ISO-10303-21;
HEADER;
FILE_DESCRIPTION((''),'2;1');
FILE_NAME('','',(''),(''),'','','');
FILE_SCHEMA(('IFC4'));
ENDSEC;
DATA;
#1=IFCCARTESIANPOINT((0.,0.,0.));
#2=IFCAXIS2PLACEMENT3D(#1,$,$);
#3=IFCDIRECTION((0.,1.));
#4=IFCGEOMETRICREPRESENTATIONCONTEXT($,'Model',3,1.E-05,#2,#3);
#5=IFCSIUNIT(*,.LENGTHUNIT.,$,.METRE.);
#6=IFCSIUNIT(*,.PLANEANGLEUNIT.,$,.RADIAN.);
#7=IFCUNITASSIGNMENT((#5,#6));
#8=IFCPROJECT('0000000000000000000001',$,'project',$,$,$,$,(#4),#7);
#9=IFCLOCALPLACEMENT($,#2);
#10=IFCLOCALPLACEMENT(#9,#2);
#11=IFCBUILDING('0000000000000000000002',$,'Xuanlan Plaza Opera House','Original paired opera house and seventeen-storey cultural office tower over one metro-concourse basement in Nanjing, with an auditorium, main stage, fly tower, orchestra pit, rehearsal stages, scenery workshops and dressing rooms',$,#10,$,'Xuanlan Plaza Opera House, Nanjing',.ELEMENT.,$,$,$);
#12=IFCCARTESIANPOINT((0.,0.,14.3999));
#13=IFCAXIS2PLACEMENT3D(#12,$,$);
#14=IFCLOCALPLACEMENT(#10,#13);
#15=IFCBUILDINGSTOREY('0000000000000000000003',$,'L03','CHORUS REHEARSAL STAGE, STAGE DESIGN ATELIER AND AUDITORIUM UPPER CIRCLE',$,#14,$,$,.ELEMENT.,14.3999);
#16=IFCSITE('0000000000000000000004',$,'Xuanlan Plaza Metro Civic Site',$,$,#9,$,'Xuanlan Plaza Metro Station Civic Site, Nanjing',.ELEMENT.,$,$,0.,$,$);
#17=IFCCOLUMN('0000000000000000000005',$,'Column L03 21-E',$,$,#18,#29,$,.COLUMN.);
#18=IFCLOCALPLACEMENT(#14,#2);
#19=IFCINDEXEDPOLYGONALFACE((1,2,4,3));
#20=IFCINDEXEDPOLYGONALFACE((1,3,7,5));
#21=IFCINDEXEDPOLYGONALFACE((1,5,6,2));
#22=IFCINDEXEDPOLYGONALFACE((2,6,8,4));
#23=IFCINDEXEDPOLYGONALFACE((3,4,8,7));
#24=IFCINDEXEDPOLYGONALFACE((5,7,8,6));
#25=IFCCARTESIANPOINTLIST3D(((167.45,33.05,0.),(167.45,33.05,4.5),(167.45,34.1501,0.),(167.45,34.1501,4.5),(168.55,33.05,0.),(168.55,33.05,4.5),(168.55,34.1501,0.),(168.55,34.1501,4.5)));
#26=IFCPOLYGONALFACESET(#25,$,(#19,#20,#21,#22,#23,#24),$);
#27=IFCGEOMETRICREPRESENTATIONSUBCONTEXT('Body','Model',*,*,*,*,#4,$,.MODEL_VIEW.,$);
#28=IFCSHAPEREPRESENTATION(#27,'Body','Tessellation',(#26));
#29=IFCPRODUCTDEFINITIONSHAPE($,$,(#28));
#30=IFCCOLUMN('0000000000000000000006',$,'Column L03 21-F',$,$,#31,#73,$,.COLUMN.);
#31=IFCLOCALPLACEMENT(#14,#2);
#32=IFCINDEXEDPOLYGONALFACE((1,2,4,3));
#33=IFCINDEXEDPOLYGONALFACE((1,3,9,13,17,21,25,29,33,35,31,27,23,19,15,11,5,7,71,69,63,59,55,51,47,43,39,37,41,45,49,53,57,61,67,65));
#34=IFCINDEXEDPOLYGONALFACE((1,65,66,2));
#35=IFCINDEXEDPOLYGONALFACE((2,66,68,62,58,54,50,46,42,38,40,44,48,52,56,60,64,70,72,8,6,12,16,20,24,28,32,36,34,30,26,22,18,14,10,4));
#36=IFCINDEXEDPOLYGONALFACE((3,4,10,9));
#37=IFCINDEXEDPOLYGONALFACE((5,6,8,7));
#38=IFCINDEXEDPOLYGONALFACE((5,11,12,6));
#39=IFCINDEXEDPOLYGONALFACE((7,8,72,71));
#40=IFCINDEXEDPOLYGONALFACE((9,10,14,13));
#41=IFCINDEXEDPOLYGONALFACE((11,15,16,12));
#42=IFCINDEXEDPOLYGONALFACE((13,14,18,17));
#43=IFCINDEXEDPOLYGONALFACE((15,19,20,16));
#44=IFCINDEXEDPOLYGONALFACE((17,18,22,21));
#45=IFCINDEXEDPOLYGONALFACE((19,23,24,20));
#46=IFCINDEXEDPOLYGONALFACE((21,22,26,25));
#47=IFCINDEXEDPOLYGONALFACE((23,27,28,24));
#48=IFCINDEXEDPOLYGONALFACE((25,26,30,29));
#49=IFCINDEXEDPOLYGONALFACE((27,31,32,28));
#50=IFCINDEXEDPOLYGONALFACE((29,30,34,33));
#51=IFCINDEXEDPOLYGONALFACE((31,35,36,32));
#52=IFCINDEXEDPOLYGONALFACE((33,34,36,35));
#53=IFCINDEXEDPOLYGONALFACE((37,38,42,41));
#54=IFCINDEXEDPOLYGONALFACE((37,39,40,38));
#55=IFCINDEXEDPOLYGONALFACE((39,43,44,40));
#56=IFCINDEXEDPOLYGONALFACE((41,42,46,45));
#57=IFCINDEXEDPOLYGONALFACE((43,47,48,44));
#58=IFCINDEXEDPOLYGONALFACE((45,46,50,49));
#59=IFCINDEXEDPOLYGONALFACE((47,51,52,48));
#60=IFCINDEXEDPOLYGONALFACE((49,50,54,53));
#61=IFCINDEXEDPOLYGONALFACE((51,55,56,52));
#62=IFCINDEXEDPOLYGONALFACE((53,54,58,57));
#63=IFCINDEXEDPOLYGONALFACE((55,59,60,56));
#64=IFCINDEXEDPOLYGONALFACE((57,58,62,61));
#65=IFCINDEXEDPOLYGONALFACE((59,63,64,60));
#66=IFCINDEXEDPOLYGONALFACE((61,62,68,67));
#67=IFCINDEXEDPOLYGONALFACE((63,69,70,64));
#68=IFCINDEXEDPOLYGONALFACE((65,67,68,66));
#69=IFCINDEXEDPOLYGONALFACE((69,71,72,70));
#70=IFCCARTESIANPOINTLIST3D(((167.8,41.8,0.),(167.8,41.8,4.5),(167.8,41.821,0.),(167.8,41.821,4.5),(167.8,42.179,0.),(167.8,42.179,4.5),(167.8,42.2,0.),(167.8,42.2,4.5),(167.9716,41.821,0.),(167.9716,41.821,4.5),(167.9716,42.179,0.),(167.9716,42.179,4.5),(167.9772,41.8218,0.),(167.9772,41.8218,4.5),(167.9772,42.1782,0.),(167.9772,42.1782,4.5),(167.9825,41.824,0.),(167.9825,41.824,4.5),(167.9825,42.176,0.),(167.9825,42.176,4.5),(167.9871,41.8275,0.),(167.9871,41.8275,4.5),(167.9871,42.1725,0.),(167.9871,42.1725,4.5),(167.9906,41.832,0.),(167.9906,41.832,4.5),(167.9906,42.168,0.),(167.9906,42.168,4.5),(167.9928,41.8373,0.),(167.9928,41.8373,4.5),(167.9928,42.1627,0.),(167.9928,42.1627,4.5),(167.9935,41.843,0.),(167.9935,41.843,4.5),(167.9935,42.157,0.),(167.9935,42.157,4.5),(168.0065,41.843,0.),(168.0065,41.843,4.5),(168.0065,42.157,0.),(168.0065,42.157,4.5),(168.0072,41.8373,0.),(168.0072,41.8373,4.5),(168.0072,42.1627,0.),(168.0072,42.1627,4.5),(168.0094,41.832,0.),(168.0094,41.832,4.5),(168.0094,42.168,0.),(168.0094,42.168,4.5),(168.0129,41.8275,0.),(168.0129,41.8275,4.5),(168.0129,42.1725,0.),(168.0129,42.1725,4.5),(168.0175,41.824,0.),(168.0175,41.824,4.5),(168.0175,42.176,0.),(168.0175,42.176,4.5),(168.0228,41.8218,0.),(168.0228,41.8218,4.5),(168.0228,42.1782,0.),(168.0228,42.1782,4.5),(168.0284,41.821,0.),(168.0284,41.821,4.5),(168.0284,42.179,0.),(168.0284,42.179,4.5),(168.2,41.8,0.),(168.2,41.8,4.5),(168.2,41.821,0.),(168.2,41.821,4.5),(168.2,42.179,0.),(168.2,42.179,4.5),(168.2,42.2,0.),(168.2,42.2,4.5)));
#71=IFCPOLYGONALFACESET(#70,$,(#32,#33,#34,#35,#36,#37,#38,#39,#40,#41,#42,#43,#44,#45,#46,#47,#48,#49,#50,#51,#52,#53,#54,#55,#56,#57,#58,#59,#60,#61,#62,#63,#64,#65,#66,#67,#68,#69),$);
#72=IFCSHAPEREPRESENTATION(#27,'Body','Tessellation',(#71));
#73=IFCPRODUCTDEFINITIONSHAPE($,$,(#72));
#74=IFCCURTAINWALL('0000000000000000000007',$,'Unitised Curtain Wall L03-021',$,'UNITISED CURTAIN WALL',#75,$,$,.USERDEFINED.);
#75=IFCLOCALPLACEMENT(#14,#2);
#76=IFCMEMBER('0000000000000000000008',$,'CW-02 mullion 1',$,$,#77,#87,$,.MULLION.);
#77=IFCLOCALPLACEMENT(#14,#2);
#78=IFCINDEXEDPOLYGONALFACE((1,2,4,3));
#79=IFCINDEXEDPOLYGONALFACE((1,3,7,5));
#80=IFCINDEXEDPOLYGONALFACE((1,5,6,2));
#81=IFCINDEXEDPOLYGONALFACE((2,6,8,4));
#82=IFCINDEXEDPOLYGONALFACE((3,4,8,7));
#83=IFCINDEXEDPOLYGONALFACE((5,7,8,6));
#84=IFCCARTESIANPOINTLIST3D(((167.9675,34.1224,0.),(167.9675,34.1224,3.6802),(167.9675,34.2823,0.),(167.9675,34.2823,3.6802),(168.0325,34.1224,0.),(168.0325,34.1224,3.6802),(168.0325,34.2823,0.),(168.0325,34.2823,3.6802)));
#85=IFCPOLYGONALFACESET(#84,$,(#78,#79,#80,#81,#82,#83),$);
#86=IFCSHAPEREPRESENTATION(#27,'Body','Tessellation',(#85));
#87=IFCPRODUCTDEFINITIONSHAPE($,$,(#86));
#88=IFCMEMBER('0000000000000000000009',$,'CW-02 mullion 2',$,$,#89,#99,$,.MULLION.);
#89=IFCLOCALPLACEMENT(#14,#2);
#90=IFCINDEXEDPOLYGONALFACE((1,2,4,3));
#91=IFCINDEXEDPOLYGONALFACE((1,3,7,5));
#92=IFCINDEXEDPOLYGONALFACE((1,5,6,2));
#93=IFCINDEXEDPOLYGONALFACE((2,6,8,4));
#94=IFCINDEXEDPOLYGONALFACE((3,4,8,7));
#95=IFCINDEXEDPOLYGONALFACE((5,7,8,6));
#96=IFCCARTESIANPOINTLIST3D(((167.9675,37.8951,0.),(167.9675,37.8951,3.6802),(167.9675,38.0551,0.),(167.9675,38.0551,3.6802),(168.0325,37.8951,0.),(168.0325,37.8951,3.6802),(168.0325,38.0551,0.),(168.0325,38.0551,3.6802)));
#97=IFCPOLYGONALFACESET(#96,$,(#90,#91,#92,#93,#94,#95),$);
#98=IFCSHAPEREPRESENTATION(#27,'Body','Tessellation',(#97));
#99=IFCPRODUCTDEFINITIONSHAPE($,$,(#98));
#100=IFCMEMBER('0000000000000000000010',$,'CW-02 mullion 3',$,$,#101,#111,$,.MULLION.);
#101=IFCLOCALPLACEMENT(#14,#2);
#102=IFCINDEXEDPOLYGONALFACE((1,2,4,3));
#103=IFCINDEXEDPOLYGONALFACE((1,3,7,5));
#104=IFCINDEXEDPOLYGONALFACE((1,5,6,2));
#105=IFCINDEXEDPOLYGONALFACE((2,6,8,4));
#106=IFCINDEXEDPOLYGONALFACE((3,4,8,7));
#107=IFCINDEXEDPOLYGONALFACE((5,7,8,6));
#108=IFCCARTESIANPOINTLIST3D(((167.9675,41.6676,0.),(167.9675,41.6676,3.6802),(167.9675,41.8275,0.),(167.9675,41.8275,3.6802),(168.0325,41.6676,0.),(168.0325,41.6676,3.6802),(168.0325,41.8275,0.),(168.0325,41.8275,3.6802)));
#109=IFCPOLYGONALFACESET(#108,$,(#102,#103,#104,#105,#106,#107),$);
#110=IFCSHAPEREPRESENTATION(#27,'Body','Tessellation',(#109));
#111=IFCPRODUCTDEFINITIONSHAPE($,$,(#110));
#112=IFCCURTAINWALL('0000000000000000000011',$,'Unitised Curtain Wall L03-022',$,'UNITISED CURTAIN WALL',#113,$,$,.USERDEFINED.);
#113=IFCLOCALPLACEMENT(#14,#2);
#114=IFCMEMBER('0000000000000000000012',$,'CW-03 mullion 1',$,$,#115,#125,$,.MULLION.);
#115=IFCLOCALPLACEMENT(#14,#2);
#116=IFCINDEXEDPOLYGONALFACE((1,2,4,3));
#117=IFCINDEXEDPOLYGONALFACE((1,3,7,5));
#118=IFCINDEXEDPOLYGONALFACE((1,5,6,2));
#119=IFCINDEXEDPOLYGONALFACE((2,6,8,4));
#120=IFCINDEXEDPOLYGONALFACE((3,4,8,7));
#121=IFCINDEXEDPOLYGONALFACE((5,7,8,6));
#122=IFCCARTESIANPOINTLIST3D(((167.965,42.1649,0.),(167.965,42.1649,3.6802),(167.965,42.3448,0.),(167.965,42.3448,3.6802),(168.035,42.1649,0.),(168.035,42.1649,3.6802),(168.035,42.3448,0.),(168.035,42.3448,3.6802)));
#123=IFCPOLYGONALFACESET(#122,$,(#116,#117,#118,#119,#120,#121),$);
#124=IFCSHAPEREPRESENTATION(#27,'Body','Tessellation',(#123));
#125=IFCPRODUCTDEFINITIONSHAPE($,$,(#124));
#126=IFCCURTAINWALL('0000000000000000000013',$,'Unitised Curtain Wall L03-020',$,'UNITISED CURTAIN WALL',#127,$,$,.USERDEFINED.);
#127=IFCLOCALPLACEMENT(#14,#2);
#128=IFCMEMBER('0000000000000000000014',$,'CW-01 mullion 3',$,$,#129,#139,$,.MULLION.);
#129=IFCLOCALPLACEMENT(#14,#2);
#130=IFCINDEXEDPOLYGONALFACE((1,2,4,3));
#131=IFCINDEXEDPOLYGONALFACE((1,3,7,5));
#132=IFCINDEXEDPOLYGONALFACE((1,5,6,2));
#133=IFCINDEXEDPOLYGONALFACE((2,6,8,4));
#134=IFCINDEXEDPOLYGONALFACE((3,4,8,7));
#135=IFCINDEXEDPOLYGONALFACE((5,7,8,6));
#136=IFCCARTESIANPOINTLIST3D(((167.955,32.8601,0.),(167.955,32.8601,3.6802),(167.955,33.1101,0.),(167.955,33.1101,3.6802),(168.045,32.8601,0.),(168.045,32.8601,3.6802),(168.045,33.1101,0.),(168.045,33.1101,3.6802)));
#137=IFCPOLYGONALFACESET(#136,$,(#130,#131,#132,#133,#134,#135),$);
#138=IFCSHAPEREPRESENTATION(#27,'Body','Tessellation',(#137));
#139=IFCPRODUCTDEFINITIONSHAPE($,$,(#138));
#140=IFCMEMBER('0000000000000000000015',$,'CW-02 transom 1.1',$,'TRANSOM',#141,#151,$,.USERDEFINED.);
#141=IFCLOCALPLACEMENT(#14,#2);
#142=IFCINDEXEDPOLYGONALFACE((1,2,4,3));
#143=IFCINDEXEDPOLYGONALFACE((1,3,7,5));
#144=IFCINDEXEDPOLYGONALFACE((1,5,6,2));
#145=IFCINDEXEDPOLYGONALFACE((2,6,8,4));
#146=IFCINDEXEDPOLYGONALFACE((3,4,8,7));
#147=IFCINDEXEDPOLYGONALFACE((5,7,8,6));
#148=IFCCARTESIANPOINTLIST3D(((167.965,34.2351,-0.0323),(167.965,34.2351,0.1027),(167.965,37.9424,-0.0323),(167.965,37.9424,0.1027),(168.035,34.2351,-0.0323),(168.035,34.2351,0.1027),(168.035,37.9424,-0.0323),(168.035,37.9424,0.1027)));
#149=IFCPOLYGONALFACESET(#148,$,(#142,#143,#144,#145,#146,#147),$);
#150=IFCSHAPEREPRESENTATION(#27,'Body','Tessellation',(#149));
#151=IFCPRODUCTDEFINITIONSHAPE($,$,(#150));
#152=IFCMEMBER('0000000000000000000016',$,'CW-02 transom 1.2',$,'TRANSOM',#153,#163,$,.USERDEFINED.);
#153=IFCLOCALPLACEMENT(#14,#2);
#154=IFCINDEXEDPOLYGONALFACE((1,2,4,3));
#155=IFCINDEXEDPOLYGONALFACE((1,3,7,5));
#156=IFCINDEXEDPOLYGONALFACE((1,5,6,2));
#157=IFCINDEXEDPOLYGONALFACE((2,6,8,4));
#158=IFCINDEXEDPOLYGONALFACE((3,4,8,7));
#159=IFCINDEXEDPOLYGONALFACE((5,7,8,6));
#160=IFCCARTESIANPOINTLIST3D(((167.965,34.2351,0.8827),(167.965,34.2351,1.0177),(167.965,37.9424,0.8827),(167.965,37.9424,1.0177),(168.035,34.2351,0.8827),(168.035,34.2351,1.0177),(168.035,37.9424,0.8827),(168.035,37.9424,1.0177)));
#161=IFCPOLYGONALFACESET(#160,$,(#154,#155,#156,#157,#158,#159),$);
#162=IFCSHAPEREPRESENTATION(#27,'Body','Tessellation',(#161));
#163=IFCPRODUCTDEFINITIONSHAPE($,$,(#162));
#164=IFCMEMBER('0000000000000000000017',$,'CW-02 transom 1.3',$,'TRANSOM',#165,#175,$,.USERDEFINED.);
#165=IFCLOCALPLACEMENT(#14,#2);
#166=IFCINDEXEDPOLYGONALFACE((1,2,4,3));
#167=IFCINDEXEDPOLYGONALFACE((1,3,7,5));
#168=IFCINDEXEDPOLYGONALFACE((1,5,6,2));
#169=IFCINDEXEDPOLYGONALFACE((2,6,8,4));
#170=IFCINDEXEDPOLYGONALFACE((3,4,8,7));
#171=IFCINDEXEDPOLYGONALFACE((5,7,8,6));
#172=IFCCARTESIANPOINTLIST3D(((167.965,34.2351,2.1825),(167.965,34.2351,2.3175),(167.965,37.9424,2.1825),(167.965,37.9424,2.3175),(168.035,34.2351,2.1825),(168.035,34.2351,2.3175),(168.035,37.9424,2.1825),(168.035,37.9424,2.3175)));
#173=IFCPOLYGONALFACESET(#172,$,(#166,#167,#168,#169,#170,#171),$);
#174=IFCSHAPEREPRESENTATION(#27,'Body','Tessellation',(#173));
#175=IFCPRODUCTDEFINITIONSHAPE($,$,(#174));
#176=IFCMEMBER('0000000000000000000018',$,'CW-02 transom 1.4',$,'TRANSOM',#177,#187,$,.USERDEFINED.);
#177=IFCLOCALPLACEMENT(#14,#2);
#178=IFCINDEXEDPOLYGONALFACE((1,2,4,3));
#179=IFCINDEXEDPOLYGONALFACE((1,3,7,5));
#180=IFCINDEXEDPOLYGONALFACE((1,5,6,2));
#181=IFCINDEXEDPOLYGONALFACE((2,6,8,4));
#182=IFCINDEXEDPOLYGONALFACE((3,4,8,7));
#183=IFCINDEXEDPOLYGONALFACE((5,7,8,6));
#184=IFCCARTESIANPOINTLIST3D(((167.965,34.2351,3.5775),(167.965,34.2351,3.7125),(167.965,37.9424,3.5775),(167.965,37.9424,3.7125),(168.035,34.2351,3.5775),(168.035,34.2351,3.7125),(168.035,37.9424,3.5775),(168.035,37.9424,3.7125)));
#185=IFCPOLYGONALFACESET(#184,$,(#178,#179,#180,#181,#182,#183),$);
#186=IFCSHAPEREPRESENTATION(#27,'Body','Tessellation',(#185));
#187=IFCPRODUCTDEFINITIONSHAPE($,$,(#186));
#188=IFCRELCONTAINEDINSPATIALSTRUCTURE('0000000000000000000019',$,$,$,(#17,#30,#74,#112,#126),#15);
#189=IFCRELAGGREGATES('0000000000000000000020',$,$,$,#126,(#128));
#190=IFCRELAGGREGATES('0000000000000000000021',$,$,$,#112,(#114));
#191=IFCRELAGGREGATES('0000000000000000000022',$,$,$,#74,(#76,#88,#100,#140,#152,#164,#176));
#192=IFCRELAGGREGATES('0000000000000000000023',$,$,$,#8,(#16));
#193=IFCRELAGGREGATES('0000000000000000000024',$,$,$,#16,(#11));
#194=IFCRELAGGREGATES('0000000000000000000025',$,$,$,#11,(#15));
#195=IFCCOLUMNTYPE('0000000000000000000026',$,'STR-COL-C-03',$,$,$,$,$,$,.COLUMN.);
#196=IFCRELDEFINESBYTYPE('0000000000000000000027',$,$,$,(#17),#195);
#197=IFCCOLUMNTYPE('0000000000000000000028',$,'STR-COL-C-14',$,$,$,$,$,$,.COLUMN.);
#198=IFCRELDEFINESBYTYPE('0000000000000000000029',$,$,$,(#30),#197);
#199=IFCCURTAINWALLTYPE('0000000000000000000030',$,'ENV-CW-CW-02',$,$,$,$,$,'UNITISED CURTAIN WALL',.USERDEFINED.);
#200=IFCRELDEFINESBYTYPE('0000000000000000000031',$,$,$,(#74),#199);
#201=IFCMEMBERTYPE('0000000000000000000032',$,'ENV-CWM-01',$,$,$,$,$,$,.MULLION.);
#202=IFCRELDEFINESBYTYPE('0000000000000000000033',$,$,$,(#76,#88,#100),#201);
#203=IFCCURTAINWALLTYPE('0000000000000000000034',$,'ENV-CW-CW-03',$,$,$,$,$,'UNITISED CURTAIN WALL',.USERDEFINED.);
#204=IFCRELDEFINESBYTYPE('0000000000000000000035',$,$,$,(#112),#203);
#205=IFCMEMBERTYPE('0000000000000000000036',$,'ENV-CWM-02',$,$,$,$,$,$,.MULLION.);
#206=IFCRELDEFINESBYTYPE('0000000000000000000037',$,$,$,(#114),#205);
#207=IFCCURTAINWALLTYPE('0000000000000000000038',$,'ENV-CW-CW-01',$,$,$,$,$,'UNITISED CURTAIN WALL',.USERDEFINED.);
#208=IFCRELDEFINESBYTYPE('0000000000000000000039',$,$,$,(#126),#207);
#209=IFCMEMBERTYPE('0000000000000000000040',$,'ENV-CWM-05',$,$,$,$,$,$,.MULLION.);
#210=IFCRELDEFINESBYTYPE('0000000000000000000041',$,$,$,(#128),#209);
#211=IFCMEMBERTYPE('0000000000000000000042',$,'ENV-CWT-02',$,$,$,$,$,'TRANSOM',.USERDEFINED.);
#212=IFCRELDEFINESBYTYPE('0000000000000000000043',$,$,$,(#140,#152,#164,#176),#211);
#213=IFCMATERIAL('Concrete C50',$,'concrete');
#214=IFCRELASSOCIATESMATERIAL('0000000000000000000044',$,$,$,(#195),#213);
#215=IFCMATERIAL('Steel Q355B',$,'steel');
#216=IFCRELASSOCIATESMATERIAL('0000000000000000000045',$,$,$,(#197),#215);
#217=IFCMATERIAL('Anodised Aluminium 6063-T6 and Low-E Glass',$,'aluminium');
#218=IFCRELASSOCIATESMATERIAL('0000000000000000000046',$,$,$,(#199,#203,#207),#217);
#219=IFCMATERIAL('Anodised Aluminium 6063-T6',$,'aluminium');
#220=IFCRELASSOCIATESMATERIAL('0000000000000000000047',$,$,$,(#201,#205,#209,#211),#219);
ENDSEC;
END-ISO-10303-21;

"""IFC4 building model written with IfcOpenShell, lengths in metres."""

from ifc_helpers import new_model, si_unit, direction, frame, origin, origin_2d, place, context, subcontext, project, spatial, rectangle, i_section, extrude, material, material_profile, profile_set, type_object, element, aggregate, save


model = new_model("IFC4")

# Units and contexts
model_context = context("Model", 3, precision=1e-05, world=origin(), true_north=direction((0.0, 1.0)))
body_context = subcontext(model_context, "Body", "Model", "MODEL_VIEW")
ifc_project = project(units=[si_unit("LENGTHUNIT", "METRE"), si_unit("PLANEANGLEUNIT", "RADIAN")], contexts=[model_context])

# Site, building, storey
site_placement = place(None, origin())
site = spatial("IfcSite", under=ifc_project, at=site_placement, Name="Xuanlan Plaza Metro Civic Site", LongName="Xuanlan Plaza Metro Station Civic Site, Nanjing", CompositionType="ELEMENT", RefElevation=0.0)
building_placement = place(site_placement, origin())
building = spatial("IfcBuilding", under=site, at=building_placement, Name="Xuanlan Plaza Opera House", Description="Original paired opera house and seventeen-storey cultural office tower over one metro-concourse basement in Nanjing, with an auditorium, main stage, fly tower, orchestra pit, rehearsal stages, scenery workshops and dressing rooms", LongName="Xuanlan Plaza Opera House, Nanjing", CompositionType="ELEMENT")
storey_placement = place(building_placement, frame((0.0, 0.0, 14.3999)))
storey = spatial("IfcBuildingStorey", under=building, at=storey_placement, Name="L03", Description="CHORUS REHEARSAL STAGE, STAGE DESIGN ATELIER AND AUDITORIUM UPPER CIRCLE", CompositionType="ELEMENT", Elevation=14.3999)

# Columns
ifc_material_1 = material(Name="Concrete C50", Category="concrete")
ifc_material_profile_1 = material_profile(ifc_material_1, rectangle(XDim=1.1001, YDim=1.1001, at=origin_2d()), Name="RC-COL 1100x1100")
ifc_profile_set_1 = profile_set([ifc_material_profile_1], Name="Concrete C50")
column_type_1 = type_object("IfcColumnType", Name="STR-COL-C-03", PredefinedType="COLUMN", material=ifc_profile_set_1)
column_1_placement = place(storey_placement, frame((168.0, 33.6001, 0.0), z_axis=(0.0, 0.0, 1.0), x_axis=(1.0, 0.0, 0.0)))
element("IfcColumn", 1, at=column_1_placement, inside=storey, type_object=column_type_1, Name="Column L03 21-E", PredefinedType="COLUMN", context=body_context, shape_type="SweptSolid", body=[
    extrude(rectangle(XDim=1.1001, YDim=1.1001, at=origin_2d()), origin(), (0.0, 0.0, 1.0), 4.5),
])
ifc_material_2 = material(Name="Steel Q355B", Category="steel")
ifc_material_profile_2 = material_profile(ifc_material_2, i_section(OverallWidth=0.3999, OverallDepth=0.3999, WebThickness=0.0129, FlangeThickness=0.021, FilletRadius=0.022, at=origin_2d()), Name="HW 400x400x13x21")
ifc_profile_set_2 = profile_set([ifc_material_profile_2], Name="Steel Q355B")
column_type_2 = type_object("IfcColumnType", Name="STR-COL-C-14", PredefinedType="COLUMN", material=ifc_profile_set_2)
column_2_placement = place(storey_placement, frame((168.0, 42.0, 0.0), z_axis=(0.0, 0.0, 1.0), x_axis=(1.0, 0.0, 0.0)))
element("IfcColumn", 2, at=column_2_placement, inside=storey, type_object=column_type_2, Name="Column L03 21-F", PredefinedType="COLUMN", context=body_context, shape_type="SweptSolid", body=[
    extrude(i_section(OverallWidth=0.3999, OverallDepth=0.3999, WebThickness=0.0129, FlangeThickness=0.021, FilletRadius=0.022, at=origin_2d()), origin(), (0.0, 0.0, 1.0), 4.5),
])

# Curtain wall, members
ifc_material_3 = material(Name="Anodised Aluminium 6063-T6 and Low-E Glass", Category="aluminium")
curtain_wall_type_1 = type_object("IfcCurtainWallType", Name="ENV-CW-CW-02", ElementType="UNITISED CURTAIN WALL", PredefinedType="USERDEFINED", material=ifc_material_3)
curtain_wall_1_placement = place(storey_placement, origin())
curtain_wall_1 = element("IfcCurtainWall", 3, at=curtain_wall_1_placement, inside=storey, type_object=curtain_wall_type_1, Name="Unitised Curtain Wall L03-021", ObjectType="UNITISED CURTAIN WALL", PredefinedType="USERDEFINED")
ifc_material_4 = material(Name="Anodised Aluminium 6063-T6", Category="aluminium")
ifc_material_profile_3 = material_profile(ifc_material_4, rectangle(XDim=0.0649, YDim=0.1599, at=origin_2d()), Name="ALU-M 65x160")
ifc_profile_set_3 = profile_set([ifc_material_profile_3], Name="Anodised Aluminium 6063-T6")
member_type_1 = type_object("IfcMemberType", Name="ENV-CWM-01", PredefinedType="MULLION", material=ifc_profile_set_3)
member_1_placement = place(storey_placement, frame((168.0, 34.2024, 0.0), z_axis=(0.0, 0.0, 1.0), x_axis=(-1.0, 0.0, 0.0)))
member_1 = element("IfcMember", 4, at=member_1_placement, type_object=member_type_1, Name="CW-02 mullion 1", PredefinedType="MULLION", context=body_context, shape_type="SweptSolid", body=[
    extrude(rectangle(XDim=0.0649, YDim=0.1599, at=origin_2d()), origin(), (0.0, 0.0, 1.0), 3.6802),
])
member_2_placement = place(storey_placement, frame((168.0, 37.9751, 0.0), z_axis=(0.0, 0.0, 1.0), x_axis=(-1.0, 0.0, 0.0)))
member_2 = element("IfcMember", 5, at=member_2_placement, type_object=member_type_1, Name="CW-02 mullion 2", PredefinedType="MULLION", context=body_context, shape_type="SweptSolid", body=[
    extrude(rectangle(XDim=0.0649, YDim=0.1599, at=origin_2d()), origin(), (0.0, 0.0, 1.0), 3.6802),
])
member_3_placement = place(storey_placement, frame((168.0, 41.7476, 0.0), z_axis=(0.0, 0.0, 1.0), x_axis=(-1.0, 0.0, 0.0)))
member_3 = element("IfcMember", 6, at=member_3_placement, type_object=member_type_1, Name="CW-02 mullion 3", PredefinedType="MULLION", context=body_context, shape_type="SweptSolid", body=[
    extrude(rectangle(XDim=0.0649, YDim=0.1599, at=origin_2d()), origin(), (0.0, 0.0, 1.0), 3.6802),
])

# Curtain walls, members
curtain_wall_type_2 = type_object("IfcCurtainWallType", Name="ENV-CW-CW-03", ElementType="UNITISED CURTAIN WALL", PredefinedType="USERDEFINED", material=ifc_material_3)
curtain_wall_2_placement = place(storey_placement, origin())
curtain_wall_2 = element("IfcCurtainWall", 7, at=curtain_wall_2_placement, inside=storey, type_object=curtain_wall_type_2, Name="Unitised Curtain Wall L03-022", ObjectType="UNITISED CURTAIN WALL", PredefinedType="USERDEFINED")
ifc_material_profile_4 = material_profile(ifc_material_4, rectangle(XDim=0.0701, YDim=0.1799, at=origin_2d()), Name="ALU-M 70x180")
ifc_profile_set_4 = profile_set([ifc_material_profile_4], Name="Anodised Aluminium 6063-T6")
member_type_2 = type_object("IfcMemberType", Name="ENV-CWM-02", PredefinedType="MULLION", material=ifc_profile_set_4)
member_4_placement = place(storey_placement, frame((168.0, 42.2549, 0.0), z_axis=(0.0, 0.0, 1.0), x_axis=(-1.0, 0.0, 0.0)))
member_4 = element("IfcMember", 8, at=member_4_placement, type_object=member_type_2, Name="CW-03 mullion 1", PredefinedType="MULLION", context=body_context, shape_type="SweptSolid", body=[
    extrude(rectangle(XDim=0.0701, YDim=0.1799, at=origin_2d()), origin(), (0.0, 0.0, 1.0), 3.6802),
])
curtain_wall_type_3 = type_object("IfcCurtainWallType", Name="ENV-CW-CW-01", ElementType="UNITISED CURTAIN WALL", PredefinedType="USERDEFINED", material=ifc_material_3)
curtain_wall_3_placement = place(storey_placement, origin())
curtain_wall_3 = element("IfcCurtainWall", 9, at=curtain_wall_3_placement, inside=storey, type_object=curtain_wall_type_3, Name="Unitised Curtain Wall L03-020", ObjectType="UNITISED CURTAIN WALL", PredefinedType="USERDEFINED")
ifc_material_profile_5 = material_profile(ifc_material_4, rectangle(XDim=0.0901, YDim=0.25, at=origin_2d()), Name="ALU-M 90x250")
ifc_profile_set_5 = profile_set([ifc_material_profile_5], Name="Anodised Aluminium 6063-T6")
member_type_3 = type_object("IfcMemberType", Name="ENV-CWM-05", PredefinedType="MULLION", material=ifc_profile_set_5)
member_5_placement = place(storey_placement, frame((168.0, 32.9851, 0.0), z_axis=(0.0, 0.0, 1.0), x_axis=(-1.0, 0.0, 0.0)))
member_5 = element("IfcMember", 10, at=member_5_placement, type_object=member_type_3, Name="CW-01 mullion 3", PredefinedType="MULLION", context=body_context, shape_type="SweptSolid", body=[
    extrude(rectangle(XDim=0.0901, YDim=0.25, at=origin_2d()), origin(), (0.0, 0.0, 1.0), 3.6802),
])
aggregate(curtain_wall_3, [member_5])

# Members
ifc_material_profile_6 = material_profile(ifc_material_4, rectangle(XDim=0.0701, YDim=0.135, at=origin_2d()), Name="ALU-T 70x135")
ifc_profile_set_6 = profile_set([ifc_material_profile_6], Name="Anodised Aluminium 6063-T6")
member_type_4 = type_object("IfcMemberType", Name="ENV-CWT-02", ElementType="TRANSOM", PredefinedType="USERDEFINED", material=ifc_profile_set_6)
member_6_placement = place(storey_placement, frame((168.0, 34.2351, 0.0352), z_axis=(0.0, 1.0, 0.0), x_axis=(-1.0, 0.0, 0.0)))
member_6 = element("IfcMember", 11, at=member_6_placement, type_object=member_type_4, Name="CW-02 transom 1.1", ObjectType="TRANSOM", PredefinedType="USERDEFINED", context=body_context, shape_type="SweptSolid", body=[
    extrude(rectangle(XDim=0.0701, YDim=0.135, at=origin_2d()), origin(), (0.0, 0.0, 1.0), 3.7073),
])
member_7_placement = place(storey_placement, frame((168.0, 34.2351, 0.9502), z_axis=(0.0, 1.0, 0.0), x_axis=(-1.0, 0.0, 0.0)))
member_7 = element("IfcMember", 12, at=member_7_placement, type_object=member_type_4, Name="CW-02 transom 1.2", ObjectType="TRANSOM", PredefinedType="USERDEFINED", context=body_context, shape_type="SweptSolid", body=[
    extrude(rectangle(XDim=0.0701, YDim=0.135, at=origin_2d()), origin(), (0.0, 0.0, 1.0), 3.7073),
])
member_8_placement = place(storey_placement, frame((168.0, 34.2351, 2.25), z_axis=(0.0, 1.0, 0.0), x_axis=(-1.0, 0.0, 0.0)))
member_8 = element("IfcMember", 13, at=member_8_placement, type_object=member_type_4, Name="CW-02 transom 1.3", ObjectType="TRANSOM", PredefinedType="USERDEFINED", context=body_context, shape_type="SweptSolid", body=[
    extrude(rectangle(XDim=0.0701, YDim=0.135, at=origin_2d()), origin(), (0.0, 0.0, 1.0), 3.7073),
])
member_9_placement = place(storey_placement, frame((168.0, 34.2351, 3.645), z_axis=(0.0, 1.0, 0.0), x_axis=(-1.0, 0.0, 0.0)))
member_9 = element("IfcMember", 14, at=member_9_placement, type_object=member_type_4, Name="CW-02 transom 1.4", ObjectType="TRANSOM", PredefinedType="USERDEFINED", context=body_context, shape_type="SweptSolid", body=[
    extrude(rectangle(XDim=0.0701, YDim=0.135, at=origin_2d()), origin(), (0.0, 0.0, 1.0), 3.7073),
])
aggregate(curtain_wall_2, [member_4])

aggregate(curtain_wall_1, [member_1, member_2, member_3, member_6, member_7, member_8, member_9])

save(model, "model.ifc")
